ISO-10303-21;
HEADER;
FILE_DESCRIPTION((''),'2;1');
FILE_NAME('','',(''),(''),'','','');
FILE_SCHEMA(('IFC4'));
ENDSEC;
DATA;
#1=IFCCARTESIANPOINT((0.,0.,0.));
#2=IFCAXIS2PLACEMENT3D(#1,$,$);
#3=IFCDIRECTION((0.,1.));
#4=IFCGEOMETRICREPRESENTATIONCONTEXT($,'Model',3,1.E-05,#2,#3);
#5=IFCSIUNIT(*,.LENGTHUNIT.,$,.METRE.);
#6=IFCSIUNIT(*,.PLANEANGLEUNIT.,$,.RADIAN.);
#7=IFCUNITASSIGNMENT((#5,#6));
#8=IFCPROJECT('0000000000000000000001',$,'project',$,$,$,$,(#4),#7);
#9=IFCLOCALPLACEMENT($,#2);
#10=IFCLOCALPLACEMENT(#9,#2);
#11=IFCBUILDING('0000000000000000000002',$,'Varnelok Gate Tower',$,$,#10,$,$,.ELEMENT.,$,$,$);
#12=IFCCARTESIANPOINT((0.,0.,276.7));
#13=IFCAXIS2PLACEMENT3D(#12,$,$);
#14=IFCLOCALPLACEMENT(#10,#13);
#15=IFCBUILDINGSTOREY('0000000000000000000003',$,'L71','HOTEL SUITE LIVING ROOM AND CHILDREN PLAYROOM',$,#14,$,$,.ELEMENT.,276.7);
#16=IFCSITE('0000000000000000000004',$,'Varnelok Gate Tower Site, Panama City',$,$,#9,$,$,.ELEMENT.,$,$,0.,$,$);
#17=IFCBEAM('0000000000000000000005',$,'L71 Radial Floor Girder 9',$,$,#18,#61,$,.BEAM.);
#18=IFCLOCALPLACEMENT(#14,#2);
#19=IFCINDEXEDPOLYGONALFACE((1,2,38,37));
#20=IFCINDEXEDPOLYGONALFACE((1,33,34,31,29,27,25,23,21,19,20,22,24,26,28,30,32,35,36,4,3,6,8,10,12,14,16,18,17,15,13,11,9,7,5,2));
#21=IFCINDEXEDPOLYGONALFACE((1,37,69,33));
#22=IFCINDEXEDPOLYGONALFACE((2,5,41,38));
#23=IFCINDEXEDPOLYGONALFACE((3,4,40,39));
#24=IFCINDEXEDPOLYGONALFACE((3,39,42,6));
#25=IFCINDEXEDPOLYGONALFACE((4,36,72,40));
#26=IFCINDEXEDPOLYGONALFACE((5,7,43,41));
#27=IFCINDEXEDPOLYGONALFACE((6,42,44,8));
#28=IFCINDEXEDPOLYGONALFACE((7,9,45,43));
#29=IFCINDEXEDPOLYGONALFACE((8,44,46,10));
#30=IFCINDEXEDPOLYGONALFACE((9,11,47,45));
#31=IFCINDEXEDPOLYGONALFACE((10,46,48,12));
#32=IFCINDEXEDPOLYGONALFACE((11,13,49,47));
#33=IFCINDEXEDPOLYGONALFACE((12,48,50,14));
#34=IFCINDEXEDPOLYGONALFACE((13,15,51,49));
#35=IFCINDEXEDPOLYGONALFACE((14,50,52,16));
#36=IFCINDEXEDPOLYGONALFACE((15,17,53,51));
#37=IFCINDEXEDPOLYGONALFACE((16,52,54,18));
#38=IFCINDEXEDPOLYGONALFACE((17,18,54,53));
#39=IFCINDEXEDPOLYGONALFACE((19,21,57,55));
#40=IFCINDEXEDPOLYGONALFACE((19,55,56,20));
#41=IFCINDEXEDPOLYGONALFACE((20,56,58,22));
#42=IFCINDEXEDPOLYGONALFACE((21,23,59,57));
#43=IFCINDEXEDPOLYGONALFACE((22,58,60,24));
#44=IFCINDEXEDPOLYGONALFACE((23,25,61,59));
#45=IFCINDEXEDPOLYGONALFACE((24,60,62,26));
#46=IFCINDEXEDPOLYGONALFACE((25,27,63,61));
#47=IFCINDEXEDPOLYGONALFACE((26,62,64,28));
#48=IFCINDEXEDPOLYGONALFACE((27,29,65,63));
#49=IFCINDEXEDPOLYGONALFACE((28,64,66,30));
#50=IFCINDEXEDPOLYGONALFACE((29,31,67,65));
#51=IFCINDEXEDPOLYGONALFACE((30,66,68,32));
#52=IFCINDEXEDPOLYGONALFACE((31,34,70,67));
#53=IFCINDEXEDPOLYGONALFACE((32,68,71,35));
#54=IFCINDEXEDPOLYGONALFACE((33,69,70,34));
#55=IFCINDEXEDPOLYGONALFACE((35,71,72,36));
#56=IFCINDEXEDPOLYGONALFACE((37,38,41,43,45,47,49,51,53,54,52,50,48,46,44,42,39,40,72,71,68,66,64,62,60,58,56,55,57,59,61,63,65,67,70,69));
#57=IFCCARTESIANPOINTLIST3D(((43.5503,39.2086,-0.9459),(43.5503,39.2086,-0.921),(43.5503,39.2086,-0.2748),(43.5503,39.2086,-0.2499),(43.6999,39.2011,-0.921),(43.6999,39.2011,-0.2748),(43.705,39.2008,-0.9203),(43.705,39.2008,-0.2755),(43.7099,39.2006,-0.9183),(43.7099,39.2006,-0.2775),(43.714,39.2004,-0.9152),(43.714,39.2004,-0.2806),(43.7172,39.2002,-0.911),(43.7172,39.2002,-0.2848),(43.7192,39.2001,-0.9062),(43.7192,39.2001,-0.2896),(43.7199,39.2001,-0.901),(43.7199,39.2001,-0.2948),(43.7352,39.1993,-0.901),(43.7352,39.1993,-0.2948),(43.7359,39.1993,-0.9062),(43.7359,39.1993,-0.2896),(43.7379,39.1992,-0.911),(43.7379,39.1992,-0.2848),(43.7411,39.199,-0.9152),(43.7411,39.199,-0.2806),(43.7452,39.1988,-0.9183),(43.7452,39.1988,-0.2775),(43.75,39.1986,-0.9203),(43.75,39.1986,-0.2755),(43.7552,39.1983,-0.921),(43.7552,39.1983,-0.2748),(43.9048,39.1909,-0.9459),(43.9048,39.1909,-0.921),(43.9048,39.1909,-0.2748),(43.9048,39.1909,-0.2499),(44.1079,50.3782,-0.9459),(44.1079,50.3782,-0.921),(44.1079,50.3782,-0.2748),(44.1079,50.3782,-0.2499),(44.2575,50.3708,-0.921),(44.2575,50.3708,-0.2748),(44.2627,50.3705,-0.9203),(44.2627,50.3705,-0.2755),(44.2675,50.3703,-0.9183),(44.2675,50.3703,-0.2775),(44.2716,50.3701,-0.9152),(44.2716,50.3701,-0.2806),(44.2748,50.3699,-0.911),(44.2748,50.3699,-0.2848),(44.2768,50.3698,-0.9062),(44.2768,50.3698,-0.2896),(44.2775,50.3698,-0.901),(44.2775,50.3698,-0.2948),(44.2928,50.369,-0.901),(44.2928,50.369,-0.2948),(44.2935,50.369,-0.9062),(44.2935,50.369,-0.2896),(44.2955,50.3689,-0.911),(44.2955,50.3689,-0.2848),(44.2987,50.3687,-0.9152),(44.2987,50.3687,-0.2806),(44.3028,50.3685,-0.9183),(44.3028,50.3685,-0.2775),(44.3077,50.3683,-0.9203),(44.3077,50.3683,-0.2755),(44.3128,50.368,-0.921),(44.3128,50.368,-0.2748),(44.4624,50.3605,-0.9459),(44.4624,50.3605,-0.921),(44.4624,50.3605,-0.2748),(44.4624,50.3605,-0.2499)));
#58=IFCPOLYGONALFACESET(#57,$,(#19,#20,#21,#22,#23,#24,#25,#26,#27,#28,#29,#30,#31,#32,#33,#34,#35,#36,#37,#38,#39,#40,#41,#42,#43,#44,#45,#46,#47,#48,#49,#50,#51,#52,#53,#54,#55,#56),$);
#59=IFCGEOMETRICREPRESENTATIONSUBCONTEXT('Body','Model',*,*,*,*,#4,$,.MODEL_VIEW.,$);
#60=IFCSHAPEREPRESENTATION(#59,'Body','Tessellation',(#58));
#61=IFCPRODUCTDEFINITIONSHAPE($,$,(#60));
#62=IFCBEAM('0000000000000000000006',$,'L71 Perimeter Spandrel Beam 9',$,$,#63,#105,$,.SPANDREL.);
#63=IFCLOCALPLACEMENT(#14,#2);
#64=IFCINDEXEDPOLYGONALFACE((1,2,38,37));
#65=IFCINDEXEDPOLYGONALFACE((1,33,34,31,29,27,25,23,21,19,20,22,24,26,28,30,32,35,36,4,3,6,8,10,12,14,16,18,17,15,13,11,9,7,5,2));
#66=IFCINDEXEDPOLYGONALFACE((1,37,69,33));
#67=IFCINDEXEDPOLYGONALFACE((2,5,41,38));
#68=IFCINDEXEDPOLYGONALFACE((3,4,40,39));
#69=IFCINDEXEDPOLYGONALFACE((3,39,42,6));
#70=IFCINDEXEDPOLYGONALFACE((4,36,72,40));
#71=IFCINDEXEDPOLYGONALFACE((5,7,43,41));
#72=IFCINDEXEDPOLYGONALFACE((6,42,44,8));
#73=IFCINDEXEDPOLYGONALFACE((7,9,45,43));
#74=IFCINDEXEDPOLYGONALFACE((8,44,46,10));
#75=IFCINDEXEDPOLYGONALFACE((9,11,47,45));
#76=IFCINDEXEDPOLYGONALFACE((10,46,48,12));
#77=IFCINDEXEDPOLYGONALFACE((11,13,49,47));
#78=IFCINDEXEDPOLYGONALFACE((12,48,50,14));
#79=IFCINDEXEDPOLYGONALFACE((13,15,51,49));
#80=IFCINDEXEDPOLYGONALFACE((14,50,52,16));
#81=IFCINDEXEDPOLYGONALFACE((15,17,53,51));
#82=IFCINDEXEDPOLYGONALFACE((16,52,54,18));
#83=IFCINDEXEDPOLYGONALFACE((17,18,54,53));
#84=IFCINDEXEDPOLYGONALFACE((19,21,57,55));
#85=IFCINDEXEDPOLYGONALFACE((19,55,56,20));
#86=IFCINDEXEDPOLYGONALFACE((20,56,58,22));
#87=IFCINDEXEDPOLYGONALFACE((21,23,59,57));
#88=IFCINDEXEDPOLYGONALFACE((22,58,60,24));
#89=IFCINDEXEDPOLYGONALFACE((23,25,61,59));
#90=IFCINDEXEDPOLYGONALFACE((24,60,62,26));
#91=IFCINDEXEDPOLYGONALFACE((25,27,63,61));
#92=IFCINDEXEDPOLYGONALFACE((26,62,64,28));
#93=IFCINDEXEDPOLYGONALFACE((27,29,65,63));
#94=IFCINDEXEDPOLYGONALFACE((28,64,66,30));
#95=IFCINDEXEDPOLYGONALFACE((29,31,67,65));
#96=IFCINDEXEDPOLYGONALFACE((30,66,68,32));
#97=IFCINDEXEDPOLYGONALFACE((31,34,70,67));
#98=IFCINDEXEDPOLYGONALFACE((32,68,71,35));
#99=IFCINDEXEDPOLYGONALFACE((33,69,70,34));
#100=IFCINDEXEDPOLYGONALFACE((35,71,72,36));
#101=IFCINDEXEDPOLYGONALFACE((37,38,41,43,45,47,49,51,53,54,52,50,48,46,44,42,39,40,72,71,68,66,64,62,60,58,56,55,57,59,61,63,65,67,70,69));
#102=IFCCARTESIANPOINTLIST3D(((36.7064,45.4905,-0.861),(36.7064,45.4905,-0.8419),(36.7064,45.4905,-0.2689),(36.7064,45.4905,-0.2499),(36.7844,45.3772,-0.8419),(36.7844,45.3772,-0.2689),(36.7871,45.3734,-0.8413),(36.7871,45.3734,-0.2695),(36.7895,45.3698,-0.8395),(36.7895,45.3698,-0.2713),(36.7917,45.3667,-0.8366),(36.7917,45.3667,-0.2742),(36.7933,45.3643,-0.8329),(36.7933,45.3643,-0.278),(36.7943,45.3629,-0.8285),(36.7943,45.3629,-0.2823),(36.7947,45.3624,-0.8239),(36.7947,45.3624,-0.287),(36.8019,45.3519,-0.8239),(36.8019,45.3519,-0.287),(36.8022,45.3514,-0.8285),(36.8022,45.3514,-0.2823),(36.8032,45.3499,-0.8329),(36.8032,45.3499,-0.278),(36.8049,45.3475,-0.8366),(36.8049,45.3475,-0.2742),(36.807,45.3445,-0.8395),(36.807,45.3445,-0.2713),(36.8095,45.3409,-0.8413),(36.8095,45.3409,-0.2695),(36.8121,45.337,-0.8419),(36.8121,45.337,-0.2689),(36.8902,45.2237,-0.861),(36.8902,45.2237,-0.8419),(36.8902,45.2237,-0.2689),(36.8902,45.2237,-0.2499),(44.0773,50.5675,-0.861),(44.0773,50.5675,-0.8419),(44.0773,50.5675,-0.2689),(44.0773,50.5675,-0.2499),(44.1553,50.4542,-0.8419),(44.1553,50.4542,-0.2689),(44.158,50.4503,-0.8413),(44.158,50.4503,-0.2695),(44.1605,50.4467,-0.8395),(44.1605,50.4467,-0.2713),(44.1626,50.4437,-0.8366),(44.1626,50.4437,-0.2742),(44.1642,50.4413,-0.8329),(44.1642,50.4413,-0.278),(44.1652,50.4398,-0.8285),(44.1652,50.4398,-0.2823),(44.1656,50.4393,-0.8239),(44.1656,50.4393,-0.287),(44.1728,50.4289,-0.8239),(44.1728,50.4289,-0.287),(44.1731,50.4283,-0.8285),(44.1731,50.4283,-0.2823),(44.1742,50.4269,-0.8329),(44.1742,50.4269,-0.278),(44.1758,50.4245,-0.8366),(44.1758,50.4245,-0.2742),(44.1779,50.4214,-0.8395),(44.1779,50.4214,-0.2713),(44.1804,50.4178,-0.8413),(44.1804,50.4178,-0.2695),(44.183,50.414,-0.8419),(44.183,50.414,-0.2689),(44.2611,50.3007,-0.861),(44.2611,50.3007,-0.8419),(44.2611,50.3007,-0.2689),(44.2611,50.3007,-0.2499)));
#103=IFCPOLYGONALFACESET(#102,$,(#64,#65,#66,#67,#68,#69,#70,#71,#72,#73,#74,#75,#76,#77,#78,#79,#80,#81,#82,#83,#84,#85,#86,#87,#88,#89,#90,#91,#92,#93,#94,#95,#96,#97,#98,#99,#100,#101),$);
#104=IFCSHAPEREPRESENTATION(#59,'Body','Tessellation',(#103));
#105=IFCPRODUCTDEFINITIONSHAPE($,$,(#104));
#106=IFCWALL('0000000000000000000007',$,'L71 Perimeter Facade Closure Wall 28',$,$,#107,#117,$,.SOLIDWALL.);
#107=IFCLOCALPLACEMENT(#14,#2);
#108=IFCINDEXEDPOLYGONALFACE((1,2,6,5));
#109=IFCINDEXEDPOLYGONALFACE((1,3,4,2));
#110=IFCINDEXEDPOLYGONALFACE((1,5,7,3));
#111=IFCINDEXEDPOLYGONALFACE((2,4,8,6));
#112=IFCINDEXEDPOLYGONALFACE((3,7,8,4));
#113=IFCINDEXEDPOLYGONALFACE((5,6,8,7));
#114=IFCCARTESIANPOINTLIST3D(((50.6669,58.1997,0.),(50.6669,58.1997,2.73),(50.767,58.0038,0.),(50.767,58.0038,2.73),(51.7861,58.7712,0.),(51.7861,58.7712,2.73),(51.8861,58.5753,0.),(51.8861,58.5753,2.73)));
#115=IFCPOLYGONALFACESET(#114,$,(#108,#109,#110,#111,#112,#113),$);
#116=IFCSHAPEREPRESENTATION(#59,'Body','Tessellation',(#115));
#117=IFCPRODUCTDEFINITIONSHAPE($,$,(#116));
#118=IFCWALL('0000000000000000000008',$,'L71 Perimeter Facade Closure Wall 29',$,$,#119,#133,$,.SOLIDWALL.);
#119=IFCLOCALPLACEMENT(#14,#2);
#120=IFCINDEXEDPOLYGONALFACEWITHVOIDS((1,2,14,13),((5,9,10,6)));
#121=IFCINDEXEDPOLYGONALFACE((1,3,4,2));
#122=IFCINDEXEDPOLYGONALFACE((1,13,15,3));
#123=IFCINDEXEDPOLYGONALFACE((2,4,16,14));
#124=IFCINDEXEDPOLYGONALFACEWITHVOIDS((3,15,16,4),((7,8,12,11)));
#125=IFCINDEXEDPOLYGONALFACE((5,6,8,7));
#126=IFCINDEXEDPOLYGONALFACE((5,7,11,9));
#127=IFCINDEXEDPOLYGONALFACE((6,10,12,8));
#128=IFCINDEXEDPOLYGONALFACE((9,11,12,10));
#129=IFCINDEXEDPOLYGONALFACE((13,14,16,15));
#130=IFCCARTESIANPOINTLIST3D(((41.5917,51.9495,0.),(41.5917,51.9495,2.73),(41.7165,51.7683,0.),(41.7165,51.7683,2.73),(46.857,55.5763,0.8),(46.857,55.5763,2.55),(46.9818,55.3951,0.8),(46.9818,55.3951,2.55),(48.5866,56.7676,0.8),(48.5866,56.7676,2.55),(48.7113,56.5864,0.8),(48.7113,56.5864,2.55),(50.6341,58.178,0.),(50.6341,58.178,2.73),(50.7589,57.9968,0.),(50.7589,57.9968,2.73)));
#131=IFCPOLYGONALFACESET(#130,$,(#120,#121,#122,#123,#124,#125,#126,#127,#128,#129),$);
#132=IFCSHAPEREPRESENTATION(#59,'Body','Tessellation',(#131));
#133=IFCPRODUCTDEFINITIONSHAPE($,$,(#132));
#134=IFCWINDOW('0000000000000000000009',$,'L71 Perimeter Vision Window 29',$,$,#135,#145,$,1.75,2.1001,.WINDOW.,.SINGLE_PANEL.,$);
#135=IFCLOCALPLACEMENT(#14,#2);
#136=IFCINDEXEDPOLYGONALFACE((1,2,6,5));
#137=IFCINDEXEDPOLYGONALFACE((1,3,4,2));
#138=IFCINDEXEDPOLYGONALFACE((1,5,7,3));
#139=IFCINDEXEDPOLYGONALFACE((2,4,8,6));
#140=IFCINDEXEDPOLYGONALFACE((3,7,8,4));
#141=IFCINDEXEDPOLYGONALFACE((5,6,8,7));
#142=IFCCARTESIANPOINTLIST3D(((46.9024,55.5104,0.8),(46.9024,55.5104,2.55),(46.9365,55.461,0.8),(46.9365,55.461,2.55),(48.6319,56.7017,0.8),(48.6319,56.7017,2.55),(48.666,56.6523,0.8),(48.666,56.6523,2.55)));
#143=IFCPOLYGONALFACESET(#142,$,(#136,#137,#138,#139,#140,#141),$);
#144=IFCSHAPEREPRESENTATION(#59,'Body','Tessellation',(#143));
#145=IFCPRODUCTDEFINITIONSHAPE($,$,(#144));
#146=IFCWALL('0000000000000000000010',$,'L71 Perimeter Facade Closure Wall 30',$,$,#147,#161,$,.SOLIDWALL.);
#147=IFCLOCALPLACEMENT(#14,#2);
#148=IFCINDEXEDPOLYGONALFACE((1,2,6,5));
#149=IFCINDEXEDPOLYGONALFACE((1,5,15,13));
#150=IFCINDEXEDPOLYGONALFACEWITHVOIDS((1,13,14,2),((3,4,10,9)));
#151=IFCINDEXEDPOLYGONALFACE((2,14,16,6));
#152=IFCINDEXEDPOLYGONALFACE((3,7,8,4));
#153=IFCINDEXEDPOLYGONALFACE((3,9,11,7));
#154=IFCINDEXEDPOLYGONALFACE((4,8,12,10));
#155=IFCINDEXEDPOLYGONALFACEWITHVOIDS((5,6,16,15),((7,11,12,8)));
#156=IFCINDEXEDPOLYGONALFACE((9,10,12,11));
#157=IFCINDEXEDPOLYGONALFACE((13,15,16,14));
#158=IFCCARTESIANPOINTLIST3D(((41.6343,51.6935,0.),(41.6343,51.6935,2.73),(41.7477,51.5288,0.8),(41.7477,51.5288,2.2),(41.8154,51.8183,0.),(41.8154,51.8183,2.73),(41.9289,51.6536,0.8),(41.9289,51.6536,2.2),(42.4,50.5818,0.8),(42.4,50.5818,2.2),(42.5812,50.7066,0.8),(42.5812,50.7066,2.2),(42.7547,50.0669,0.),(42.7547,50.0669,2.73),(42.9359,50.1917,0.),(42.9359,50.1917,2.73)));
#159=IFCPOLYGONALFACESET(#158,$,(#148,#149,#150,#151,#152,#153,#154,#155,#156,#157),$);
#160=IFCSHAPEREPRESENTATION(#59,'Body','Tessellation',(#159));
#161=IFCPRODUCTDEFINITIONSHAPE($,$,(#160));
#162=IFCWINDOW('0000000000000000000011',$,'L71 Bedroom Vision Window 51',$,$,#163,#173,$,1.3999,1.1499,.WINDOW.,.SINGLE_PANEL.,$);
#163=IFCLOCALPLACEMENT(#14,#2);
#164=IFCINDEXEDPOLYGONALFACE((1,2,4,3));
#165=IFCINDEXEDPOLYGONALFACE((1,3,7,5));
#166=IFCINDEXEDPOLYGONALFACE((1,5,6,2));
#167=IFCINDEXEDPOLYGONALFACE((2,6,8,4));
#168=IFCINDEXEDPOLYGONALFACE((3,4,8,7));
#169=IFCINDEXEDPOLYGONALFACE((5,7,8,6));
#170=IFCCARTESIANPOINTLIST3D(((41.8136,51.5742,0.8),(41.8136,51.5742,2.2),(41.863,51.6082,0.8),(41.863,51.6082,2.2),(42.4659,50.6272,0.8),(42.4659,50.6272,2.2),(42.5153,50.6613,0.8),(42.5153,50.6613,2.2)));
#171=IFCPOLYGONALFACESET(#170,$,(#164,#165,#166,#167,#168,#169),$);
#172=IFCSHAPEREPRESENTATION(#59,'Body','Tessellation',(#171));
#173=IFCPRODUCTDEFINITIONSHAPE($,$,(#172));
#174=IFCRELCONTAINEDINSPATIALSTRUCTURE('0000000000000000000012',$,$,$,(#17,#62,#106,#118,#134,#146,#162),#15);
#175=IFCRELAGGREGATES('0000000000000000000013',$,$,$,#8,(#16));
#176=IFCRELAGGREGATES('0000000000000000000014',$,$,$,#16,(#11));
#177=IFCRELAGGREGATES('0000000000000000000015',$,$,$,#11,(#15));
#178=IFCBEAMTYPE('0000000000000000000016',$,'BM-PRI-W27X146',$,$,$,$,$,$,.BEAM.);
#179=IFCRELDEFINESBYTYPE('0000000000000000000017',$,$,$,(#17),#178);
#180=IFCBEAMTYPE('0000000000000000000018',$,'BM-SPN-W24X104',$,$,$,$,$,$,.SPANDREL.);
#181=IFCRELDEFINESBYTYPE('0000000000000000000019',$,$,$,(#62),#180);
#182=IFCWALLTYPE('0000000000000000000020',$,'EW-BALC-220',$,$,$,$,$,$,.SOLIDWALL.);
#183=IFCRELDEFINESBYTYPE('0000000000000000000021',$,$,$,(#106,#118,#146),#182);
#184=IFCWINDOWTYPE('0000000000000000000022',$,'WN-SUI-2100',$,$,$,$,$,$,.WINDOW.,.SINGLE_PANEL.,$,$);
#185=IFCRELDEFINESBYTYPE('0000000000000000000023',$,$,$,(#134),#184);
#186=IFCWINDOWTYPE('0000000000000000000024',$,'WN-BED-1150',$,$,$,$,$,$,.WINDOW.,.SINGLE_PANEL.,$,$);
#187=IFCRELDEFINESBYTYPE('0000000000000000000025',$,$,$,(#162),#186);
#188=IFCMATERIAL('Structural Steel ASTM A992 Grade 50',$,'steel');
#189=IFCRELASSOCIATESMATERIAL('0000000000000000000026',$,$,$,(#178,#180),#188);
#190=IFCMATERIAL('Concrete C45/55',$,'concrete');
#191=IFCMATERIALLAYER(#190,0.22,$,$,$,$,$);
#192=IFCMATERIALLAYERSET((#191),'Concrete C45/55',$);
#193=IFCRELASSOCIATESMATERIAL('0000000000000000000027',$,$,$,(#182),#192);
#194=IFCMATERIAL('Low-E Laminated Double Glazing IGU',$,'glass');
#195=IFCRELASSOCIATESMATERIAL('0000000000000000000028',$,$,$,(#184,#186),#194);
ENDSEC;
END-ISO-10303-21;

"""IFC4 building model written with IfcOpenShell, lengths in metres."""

from ifc_helpers import new_model, si_unit, direction, frame, frame_2d, origin, origin_2d, place, context, subcontext, project, spatial, rectangle, i_section, extrude, material, layer, layer_set, material_profile, profile_set, type_object, element, fill, save


model = new_model("IFC4")

# Units and contexts
model_context = context("Model", 3, precision=1e-05, world=origin(), true_north=direction((0.0, 1.0)))
body_context = subcontext(model_context, "Body", "Model", "MODEL_VIEW")
ifc_project = project(units=[si_unit("LENGTHUNIT", "METRE"), si_unit("PLANEANGLEUNIT", "RADIAN")], contexts=[model_context])

# Site, building, storey
site_placement = place(None, origin())
site = spatial("IfcSite", under=ifc_project, at=site_placement, Name="Varnelok Gate Tower Site, Panama City", CompositionType="ELEMENT", RefElevation=0.0)
building_placement = place(site_placement, origin())
building = spatial("IfcBuilding", under=site, at=building_placement, Name="Varnelok Gate Tower", CompositionType="ELEMENT")
storey_placement = place(building_placement, frame((0.0, 0.0, 276.7)))
storey = spatial("IfcBuildingStorey", under=building, at=storey_placement, Name="L71", Description="HOTEL SUITE LIVING ROOM AND CHILDREN PLAYROOM", CompositionType="ELEMENT", Elevation=276.7)

# Shared definitions
ifc_material_1 = material(Name="Structural Steel ASTM A992 Grade 50", Category="steel")

# Beams
ifc_material_profile_1 = material_profile(ifc_material_1, i_section(OverallWidth=0.355, OverallDepth=0.696, WebThickness=0.0154, FlangeThickness=0.0249, FilletRadius=0.02, at=origin_2d()), Name="W27X146")
ifc_profile_set_1 = profile_set([ifc_material_profile_1], Name="Structural Steel ASTM A992 Grade 50")
beam_type_1 = type_object("IfcBeamType", Name="BM-PRI-W27X146", PredefinedType="BEAM", material=ifc_profile_set_1)
beam_1_placement = place(storey_placement, frame((43.7275, 39.1997, -0.5979), z_axis=(0.04986, 0.998756, 0.0), x_axis=(-0.998756, 0.04986, 0.0)))
element("IfcBeam", 1, at=beam_1_placement, inside=storey, type_object=beam_type_1, Name="L71 Radial Floor Girder 9", PredefinedType="BEAM", context=body_context, shape_type="SweptSolid", body=[
    extrude(i_section(OverallWidth=0.355, OverallDepth=0.696, WebThickness=0.0154, FlangeThickness=0.0249, FilletRadius=0.02, at=origin_2d()), origin(), (0.0, 0.0, 1.0), 11.1836),
])
ifc_material_profile_2 = material_profile(ifc_material_1, i_section(OverallWidth=0.324, OverallDepth=0.6111, WebThickness=0.0127, FlangeThickness=0.019, FilletRadius=0.0181, at=origin_2d()), Name="W24X104")
ifc_profile_set_2 = profile_set([ifc_material_profile_2], Name="Structural Steel ASTM A992 Grade 50")
beam_type_2 = type_object("IfcBeamType", Name="BM-SPN-W24X104", PredefinedType="SPANDREL", material=ifc_profile_set_2)
beam_2_placement = place(storey_placement, frame((44.1692, 50.4341, -0.5554), z_axis=(-0.823549, -0.567245, 0.0), x_axis=(0.567245, -0.823549, 0.0)))
element("IfcBeam", 2, at=beam_2_placement, inside=storey, type_object=beam_type_2, Name="L71 Perimeter Spandrel Beam 9", PredefinedType="SPANDREL", context=body_context, shape_type="SweptSolid", body=[
    extrude(i_section(OverallWidth=0.324, OverallDepth=0.6111, WebThickness=0.0127, FlangeThickness=0.019, FilletRadius=0.0181, at=origin_2d()), origin(), (0.0, 0.0, 1.0), 8.9502),
])

# Wall
ifc_material_2 = material(Name="Concrete C45/55", Category="concrete")
ifc_layer_1 = layer(ifc_material_2, 0.22)
ifc_layer_set_1 = layer_set([ifc_layer_1], Name="Concrete C45/55")
wall_type_1 = type_object("IfcWallType", Name="EW-BALC-220", PredefinedType="SOLIDWALL", material=ifc_layer_set_1)
wall_1_placement = place(storey_placement, frame((51.8362, 58.6733, 0.0), z_axis=(0.0, 0.0, 1.0), x_axis=(-0.890587, -0.454813, 0.0)))
element("IfcWall", 3, at=wall_1_placement, inside=storey, type_object=wall_type_1, Name="L71 Perimeter Facade Closure Wall 28", PredefinedType="SOLIDWALL", context=body_context, shape_type="SweptSolid", body=[
    extrude(rectangle(XDim=1.2566, YDim=0.22, at=frame_2d((0.6284, 0.0))), origin(), (0.0, 0.0, 1.0), 2.73),
])

# Walls, openings, windows
wall_2_placement = place(storey_placement, frame((50.6965, 58.0874, 0.0), z_axis=(0.0, 0.0, 1.0), x_axis=(-0.823539, -0.567259, 0.0)))
wall_2 = element("IfcWall", 4, at=wall_2_placement, inside=storey, type_object=wall_type_1, Name="L71 Perimeter Facade Closure Wall 29", PredefinedType="SOLIDWALL", context=body_context, shape_type="SweptSolid", body=[
    extrude(rectangle(XDim=10.98, YDim=0.22, at=frame_2d((5.49, 0.0))), origin(), (0.0, 0.0, 1.0), 2.73),
])
opening_1_placement = place(wall_2_placement, frame((2.4863, 0.0, 0.8)))
opening_1 = element("IfcOpeningElement", 5, at=opening_1_placement, cuts=wall_2, PredefinedType="OPENING", context=body_context, shape_type="SweptSolid", body=[
    extrude(rectangle(XDim=2.1001, YDim=1.75, at=frame_2d((1.05, 0.875))), frame((0.0, 0.1199, 0.0), z_axis=(0.0, -1.0, 0.0), x_axis=(1.0, 0.0, 0.0)), (0.0, 0.0, 1.0), 0.24),
])
ifc_material_3 = material(Name="Low-E Laminated Double Glazing IGU", Category="glass")
window_type_1 = type_object("IfcWindowType", Name="WN-SUI-2100", PartitioningType="SINGLE_PANEL", PredefinedType="WINDOW", material=ifc_material_3)
window_1_placement = place(opening_1_placement, origin())
window_1 = element("IfcWindow", 6, at=window_1_placement, inside=storey, type_object=window_type_1, Name="L71 Perimeter Vision Window 29", OverallHeight=1.75, OverallWidth=2.1001, PartitioningType="SINGLE_PANEL", PredefinedType="WINDOW", context=body_context, shape_type="SweptSolid", body=[
    extrude(rectangle(XDim=2.1001, YDim=1.75, at=frame_2d((1.05, 0.875))), frame((0.0, 0.03, 0.0), z_axis=(0.0, -1.0, 0.0), x_axis=(1.0, 0.0, 0.0)), (0.0, 0.0, 1.0), 0.0601),
])
fill(opening_1, window_1)
wall_3_placement = place(storey_placement, frame((41.7249, 51.7559, 0.0), z_axis=(0.0, 0.0, 1.0), x_axis=(0.567274, -0.823529, 0.0)))
wall_3 = element("IfcWall", 7, at=wall_3_placement, inside=storey, type_object=wall_type_1, Name="L71 Perimeter Facade Closure Wall 30", PredefinedType="SOLIDWALL", context=body_context, shape_type="SweptSolid", body=[
    extrude(rectangle(XDim=1.9751, YDim=0.22, at=frame_2d((0.9875, 0.0))), origin(), (0.0, 0.0, 1.0), 2.73),
])
opening_2_placement = place(wall_3_placement, frame((0.2, 0.0, 0.8)))
opening_2 = element("IfcOpeningElement", 8, at=opening_2_placement, cuts=wall_3, PredefinedType="OPENING", context=body_context, shape_type="SweptSolid", body=[
    extrude(rectangle(XDim=1.1499, YDim=1.3999, at=frame_2d((0.575, 0.7))), frame((0.0, 0.1199, 0.0), z_axis=(0.0, -1.0, 0.0), x_axis=(1.0, 0.0, 0.0)), (0.0, 0.0, 1.0), 0.24),
])
window_type_2 = type_object("IfcWindowType", Name="WN-BED-1150", PartitioningType="SINGLE_PANEL", PredefinedType="WINDOW", material=ifc_material_3)
window_2_placement = place(opening_2_placement, origin())
window_2 = element("IfcWindow", 9, at=window_2_placement, inside=storey, type_object=window_type_2, Name="L71 Bedroom Vision Window 51", OverallHeight=1.3999, OverallWidth=1.1499, PartitioningType="SINGLE_PANEL", PredefinedType="WINDOW", context=body_context, shape_type="SweptSolid", body=[
    extrude(rectangle(XDim=1.1499, YDim=1.3999, at=frame_2d((0.575, 0.7))), frame((0.0, 0.03, 0.0), z_axis=(0.0, -1.0, 0.0), x_axis=(1.0, 0.0, 0.0)), (0.0, 0.0, 1.0), 0.0601),
])
fill(opening_2, window_2)

save(model, "model.ifc")
